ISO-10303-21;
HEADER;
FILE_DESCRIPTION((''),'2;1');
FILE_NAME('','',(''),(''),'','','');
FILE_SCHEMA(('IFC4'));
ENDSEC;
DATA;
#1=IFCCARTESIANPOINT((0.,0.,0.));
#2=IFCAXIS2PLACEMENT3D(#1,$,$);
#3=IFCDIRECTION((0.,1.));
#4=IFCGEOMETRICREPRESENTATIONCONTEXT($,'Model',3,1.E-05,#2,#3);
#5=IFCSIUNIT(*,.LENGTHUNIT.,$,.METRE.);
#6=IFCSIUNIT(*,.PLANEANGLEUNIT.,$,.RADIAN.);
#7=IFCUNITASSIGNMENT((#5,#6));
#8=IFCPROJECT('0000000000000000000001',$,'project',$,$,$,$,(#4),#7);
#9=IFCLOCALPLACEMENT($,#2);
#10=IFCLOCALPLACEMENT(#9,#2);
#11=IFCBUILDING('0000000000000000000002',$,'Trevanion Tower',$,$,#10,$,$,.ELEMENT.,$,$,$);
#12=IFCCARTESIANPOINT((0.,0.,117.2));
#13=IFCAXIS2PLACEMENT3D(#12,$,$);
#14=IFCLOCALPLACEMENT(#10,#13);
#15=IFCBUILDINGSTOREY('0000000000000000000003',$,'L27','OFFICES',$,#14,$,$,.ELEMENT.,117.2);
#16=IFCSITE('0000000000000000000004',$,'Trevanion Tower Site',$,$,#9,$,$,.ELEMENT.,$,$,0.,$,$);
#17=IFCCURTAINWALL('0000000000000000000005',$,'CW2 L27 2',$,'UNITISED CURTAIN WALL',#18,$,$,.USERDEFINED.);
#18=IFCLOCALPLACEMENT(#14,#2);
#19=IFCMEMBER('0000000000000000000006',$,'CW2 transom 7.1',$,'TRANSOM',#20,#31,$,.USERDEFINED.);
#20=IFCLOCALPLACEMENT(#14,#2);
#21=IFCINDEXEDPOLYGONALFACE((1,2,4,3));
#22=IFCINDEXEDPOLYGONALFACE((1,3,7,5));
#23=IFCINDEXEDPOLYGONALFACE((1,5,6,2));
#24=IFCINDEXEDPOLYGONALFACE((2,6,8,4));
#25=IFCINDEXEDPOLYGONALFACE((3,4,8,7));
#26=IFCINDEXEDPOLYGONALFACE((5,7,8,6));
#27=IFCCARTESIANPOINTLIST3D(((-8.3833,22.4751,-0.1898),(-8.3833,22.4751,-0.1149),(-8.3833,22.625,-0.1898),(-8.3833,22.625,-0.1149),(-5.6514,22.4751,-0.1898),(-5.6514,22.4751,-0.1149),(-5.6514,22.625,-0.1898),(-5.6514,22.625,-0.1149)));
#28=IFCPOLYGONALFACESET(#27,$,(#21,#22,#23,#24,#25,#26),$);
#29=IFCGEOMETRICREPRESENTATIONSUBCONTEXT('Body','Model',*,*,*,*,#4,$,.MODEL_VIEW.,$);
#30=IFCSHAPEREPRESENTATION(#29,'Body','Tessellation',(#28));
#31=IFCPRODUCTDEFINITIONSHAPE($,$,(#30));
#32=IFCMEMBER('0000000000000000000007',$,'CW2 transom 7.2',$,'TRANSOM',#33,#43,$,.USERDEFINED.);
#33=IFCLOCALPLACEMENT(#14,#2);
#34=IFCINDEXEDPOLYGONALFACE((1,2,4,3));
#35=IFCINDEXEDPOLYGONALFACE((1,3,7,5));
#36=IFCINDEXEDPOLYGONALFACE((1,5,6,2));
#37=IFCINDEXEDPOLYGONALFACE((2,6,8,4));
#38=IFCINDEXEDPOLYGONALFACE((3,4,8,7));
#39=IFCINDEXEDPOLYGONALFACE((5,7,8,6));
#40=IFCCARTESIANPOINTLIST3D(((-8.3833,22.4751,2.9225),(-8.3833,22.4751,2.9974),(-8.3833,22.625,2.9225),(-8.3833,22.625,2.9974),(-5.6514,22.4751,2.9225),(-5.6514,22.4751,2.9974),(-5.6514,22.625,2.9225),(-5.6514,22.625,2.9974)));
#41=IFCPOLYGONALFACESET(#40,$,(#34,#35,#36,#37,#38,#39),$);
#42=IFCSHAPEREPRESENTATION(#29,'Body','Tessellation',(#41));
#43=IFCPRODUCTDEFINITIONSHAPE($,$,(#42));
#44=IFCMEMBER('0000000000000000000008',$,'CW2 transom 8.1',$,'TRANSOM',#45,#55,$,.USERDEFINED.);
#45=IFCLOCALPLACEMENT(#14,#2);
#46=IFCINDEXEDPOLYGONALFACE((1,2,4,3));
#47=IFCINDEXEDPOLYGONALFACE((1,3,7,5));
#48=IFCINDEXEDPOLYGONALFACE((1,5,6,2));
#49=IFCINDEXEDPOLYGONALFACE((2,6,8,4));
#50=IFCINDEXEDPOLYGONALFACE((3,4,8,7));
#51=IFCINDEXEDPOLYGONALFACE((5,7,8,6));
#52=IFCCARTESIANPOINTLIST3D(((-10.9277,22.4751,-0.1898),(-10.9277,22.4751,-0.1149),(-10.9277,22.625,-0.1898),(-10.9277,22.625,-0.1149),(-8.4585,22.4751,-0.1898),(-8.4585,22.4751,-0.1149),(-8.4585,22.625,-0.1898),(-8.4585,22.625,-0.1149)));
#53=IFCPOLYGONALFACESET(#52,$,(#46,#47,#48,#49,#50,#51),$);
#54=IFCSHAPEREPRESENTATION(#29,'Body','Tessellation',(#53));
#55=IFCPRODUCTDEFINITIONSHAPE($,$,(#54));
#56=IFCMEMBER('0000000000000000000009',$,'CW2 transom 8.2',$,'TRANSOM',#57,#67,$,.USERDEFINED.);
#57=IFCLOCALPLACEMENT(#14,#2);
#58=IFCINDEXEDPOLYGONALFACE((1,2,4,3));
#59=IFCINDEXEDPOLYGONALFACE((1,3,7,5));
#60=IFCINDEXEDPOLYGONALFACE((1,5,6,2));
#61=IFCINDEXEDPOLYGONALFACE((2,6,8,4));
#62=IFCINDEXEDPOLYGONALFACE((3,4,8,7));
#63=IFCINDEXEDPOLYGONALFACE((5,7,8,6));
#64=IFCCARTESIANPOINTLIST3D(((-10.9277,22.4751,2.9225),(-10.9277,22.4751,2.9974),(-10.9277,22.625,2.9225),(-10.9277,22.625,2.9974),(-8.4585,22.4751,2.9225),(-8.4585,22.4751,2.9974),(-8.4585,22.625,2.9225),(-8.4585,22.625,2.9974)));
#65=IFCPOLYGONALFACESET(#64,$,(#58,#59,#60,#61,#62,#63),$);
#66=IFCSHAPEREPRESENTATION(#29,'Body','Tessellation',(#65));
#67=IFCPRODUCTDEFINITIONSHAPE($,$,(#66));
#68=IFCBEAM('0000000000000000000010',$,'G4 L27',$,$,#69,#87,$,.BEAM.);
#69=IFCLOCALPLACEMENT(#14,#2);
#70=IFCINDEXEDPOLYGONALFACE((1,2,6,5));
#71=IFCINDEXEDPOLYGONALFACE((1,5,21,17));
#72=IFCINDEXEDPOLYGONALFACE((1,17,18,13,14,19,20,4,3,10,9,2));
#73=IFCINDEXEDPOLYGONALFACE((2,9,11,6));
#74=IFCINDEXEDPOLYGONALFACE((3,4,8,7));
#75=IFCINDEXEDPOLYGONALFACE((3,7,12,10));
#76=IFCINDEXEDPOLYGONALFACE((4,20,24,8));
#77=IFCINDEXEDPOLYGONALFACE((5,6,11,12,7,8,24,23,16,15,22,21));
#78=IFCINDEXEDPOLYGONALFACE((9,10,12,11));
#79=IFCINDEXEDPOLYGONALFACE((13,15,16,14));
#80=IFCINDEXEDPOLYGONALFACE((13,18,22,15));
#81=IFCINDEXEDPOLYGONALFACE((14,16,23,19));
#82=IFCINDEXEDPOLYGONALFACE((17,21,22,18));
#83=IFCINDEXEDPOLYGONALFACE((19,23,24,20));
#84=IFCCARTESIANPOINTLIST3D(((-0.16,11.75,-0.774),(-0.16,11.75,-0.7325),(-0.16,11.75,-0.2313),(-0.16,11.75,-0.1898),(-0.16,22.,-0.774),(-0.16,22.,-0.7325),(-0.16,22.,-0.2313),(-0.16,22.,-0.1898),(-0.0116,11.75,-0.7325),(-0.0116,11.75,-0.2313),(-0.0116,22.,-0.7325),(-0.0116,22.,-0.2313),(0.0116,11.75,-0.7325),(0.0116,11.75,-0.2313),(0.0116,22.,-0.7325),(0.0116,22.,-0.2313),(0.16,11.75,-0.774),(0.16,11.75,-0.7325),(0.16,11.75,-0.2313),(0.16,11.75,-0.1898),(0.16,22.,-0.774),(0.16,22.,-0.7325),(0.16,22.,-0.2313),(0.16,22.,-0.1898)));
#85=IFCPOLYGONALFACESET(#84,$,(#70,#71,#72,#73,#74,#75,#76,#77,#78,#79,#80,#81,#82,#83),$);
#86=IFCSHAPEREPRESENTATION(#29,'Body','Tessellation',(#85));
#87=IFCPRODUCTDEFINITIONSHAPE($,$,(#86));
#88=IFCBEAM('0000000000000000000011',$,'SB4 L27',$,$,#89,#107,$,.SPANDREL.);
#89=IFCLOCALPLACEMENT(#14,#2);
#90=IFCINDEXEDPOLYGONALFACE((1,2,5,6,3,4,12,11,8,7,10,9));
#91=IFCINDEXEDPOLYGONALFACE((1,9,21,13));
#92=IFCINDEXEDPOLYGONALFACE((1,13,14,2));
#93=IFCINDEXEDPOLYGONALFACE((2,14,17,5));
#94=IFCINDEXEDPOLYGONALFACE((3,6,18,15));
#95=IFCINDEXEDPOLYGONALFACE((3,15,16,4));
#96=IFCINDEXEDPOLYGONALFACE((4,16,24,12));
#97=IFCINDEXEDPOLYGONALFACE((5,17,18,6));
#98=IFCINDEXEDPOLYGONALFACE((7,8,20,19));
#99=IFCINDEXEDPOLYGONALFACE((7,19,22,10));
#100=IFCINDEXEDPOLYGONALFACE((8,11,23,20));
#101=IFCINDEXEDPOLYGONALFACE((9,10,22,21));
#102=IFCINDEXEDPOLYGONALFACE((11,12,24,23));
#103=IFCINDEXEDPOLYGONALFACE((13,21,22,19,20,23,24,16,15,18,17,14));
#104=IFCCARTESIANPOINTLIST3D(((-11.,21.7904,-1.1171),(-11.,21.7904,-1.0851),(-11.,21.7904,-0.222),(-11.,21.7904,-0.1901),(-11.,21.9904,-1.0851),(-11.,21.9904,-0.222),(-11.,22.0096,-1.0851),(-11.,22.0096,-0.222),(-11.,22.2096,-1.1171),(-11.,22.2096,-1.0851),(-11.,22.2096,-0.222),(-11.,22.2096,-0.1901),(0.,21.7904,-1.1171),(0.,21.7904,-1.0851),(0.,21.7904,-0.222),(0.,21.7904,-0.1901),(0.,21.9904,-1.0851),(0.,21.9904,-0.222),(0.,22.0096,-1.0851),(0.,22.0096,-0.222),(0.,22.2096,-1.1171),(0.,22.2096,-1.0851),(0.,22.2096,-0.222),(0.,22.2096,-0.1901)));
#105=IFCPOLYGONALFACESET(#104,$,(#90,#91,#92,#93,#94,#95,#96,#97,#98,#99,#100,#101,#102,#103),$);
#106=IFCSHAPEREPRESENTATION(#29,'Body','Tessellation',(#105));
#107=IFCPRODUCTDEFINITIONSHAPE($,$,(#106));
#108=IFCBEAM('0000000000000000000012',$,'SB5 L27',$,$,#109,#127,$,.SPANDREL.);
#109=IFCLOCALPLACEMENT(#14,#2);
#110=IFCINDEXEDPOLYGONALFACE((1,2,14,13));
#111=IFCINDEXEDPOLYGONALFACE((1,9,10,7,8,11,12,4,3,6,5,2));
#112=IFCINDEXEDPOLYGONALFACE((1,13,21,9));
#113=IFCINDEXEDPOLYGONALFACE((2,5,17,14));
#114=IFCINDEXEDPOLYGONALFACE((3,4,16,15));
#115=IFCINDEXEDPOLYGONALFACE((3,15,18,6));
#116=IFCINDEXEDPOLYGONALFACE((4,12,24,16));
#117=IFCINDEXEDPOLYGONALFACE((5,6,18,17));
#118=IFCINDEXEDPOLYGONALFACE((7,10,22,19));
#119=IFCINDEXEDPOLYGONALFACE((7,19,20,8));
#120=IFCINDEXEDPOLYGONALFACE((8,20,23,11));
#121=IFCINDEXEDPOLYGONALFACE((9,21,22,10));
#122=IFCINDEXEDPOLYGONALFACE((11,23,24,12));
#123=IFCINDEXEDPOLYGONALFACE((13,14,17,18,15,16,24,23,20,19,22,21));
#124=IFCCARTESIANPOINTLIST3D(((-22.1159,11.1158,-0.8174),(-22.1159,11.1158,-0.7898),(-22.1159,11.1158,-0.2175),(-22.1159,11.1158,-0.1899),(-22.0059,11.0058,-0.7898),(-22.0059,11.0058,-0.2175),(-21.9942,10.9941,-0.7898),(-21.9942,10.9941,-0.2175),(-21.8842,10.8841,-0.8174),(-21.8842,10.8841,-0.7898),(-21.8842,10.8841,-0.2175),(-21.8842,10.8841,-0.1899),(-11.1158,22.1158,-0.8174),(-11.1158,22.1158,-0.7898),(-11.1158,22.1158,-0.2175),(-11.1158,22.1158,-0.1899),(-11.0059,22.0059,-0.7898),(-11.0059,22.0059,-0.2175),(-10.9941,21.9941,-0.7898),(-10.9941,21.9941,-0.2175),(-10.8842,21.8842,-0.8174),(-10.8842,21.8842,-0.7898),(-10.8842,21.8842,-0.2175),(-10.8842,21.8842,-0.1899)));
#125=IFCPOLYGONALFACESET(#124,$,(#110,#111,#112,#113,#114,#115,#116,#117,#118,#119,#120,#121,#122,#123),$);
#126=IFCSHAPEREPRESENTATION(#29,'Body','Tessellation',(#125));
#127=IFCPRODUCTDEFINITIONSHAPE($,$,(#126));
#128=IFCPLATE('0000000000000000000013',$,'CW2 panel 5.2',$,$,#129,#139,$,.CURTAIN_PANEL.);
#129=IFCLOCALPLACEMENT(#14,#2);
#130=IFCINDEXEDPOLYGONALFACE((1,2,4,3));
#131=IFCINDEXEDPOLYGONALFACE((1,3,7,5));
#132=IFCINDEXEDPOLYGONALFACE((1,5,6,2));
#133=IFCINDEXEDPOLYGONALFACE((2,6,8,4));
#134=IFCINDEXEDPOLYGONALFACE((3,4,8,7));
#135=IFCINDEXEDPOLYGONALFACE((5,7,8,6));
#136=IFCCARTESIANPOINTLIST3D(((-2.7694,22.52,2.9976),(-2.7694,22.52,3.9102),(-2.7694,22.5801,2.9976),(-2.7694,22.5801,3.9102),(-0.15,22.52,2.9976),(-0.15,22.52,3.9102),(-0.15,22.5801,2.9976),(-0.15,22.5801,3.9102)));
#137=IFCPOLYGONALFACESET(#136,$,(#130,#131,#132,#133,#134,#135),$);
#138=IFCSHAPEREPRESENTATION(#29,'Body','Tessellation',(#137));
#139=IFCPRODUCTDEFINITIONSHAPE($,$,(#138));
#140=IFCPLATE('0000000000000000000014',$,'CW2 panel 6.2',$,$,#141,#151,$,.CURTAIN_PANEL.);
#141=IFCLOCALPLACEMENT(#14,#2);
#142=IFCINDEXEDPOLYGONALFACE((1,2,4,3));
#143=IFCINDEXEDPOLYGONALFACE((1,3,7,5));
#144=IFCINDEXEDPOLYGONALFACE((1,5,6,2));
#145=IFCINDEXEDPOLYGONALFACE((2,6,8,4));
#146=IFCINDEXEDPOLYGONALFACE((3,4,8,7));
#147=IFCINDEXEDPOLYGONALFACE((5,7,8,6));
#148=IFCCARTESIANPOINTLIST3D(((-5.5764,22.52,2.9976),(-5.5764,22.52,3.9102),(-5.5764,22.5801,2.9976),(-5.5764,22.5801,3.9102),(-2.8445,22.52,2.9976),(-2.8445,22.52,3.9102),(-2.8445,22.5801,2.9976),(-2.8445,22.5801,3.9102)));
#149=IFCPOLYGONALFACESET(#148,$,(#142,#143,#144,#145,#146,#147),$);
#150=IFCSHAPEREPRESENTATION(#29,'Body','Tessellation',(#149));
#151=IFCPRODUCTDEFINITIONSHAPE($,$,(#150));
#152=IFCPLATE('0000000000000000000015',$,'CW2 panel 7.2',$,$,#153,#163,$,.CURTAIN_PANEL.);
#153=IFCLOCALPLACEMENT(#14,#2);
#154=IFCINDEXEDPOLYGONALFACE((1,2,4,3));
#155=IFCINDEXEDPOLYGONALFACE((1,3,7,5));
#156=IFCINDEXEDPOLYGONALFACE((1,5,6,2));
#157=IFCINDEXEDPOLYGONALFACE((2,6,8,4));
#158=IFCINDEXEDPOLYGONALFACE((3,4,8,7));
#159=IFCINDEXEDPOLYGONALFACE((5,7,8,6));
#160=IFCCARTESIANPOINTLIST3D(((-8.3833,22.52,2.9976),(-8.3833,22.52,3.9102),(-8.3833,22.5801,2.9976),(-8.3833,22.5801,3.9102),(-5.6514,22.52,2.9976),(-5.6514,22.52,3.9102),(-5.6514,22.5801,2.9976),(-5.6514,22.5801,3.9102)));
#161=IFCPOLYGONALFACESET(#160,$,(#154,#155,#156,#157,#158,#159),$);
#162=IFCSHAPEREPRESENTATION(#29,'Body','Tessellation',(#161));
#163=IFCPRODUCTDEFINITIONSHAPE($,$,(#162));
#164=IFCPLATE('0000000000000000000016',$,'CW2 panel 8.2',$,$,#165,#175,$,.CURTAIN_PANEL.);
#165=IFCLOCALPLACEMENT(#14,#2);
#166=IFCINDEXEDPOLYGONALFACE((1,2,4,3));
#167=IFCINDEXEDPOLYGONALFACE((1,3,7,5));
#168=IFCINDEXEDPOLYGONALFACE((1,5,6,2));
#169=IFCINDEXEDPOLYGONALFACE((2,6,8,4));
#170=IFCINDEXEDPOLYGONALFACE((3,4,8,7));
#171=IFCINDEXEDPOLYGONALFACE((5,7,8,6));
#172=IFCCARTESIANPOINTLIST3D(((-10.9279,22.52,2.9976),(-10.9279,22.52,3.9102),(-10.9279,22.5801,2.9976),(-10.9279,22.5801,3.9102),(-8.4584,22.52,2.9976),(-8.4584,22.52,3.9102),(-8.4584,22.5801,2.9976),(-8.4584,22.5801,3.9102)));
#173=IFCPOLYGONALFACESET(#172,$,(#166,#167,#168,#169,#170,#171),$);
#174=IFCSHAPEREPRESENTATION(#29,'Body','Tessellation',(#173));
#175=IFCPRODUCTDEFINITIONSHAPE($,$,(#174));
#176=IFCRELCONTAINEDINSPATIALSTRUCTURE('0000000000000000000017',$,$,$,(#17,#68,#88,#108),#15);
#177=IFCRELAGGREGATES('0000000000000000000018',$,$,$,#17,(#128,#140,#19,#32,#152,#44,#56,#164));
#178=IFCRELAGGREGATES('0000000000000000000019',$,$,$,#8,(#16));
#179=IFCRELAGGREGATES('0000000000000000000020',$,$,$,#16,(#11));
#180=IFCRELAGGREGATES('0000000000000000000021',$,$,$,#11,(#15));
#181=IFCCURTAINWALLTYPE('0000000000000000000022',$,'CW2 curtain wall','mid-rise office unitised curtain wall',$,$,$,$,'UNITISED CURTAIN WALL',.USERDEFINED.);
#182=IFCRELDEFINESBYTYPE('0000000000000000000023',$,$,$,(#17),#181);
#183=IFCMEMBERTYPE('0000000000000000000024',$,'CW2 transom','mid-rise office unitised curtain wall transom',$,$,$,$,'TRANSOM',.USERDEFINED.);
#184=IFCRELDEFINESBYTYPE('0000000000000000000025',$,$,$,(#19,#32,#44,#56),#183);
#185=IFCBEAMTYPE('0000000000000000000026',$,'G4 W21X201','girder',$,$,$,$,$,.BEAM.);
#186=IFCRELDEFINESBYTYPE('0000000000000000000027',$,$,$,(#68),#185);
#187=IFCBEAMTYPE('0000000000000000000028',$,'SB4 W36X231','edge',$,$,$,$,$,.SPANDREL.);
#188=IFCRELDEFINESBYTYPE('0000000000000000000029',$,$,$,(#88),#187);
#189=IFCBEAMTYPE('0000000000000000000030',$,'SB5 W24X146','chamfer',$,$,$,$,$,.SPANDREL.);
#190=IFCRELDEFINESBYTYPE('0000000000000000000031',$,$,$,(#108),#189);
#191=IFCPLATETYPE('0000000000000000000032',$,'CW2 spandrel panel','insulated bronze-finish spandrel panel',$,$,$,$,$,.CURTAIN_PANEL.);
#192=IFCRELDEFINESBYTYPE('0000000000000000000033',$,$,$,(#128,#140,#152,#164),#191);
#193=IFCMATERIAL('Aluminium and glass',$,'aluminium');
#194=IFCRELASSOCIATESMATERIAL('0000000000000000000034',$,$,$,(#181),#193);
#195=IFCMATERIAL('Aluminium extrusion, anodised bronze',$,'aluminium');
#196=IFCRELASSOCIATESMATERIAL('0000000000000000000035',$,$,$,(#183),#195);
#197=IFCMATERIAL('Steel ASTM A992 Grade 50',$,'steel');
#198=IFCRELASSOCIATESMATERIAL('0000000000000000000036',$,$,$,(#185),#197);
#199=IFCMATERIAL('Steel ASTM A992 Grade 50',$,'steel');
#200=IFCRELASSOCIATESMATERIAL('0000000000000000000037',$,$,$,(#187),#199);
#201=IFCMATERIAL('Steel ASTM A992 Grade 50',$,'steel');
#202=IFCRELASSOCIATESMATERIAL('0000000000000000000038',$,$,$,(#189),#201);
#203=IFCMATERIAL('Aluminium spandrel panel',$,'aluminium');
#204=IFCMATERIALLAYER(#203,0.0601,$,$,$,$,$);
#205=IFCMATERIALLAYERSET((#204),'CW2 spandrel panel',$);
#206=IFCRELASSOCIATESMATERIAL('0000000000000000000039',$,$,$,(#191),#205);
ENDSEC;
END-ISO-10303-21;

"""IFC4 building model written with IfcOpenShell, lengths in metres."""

from ifc_helpers import new_model, si_unit, direction, frame, origin, origin_2d, place, context, subcontext, project, spatial, rectangle, i_section, extrude, material, layer, layer_set, material_profile, profile_set, type_object, element, aggregate, save


model = new_model("IFC4")

# Units and contexts
model_context = context("Model", 3, precision=1e-05, world=origin(), true_north=direction((0.0, 1.0)))
body_context = subcontext(model_context, "Body", "Model", "MODEL_VIEW")
ifc_project = project(units=[si_unit("LENGTHUNIT", "METRE"), si_unit("PLANEANGLEUNIT", "RADIAN")], contexts=[model_context])

# Site, building, storey
site_placement = place(None, origin())
site = spatial("IfcSite", under=ifc_project, at=site_placement, Name="Trevanion Tower Site", CompositionType="ELEMENT", RefElevation=0.0)
building_placement = place(site_placement, origin())
building = spatial("IfcBuilding", under=site, at=building_placement, Name="Trevanion Tower", CompositionType="ELEMENT")
storey_placement = place(building_placement, frame((0.0, 0.0, 117.2)))
storey = spatial("IfcBuildingStorey", under=building, at=storey_placement, Name="L27", Description="OFFICES", CompositionType="ELEMENT", Elevation=117.2)

# Curtain wall
ifc_material_1 = material(Name="Aluminium and glass", Category="aluminium")
curtain_wall_type = type_object("IfcCurtainWallType", Name="CW2 curtain wall", Description="mid-rise office unitised curtain wall", ElementType="UNITISED CURTAIN WALL", PredefinedType="USERDEFINED", material=ifc_material_1)
curtain_wall_1_placement = place(storey_placement, origin())
curtain_wall_1 = element("IfcCurtainWall", 1, at=curtain_wall_1_placement, inside=storey, type_object=curtain_wall_type, Name="CW2 L27 2", ObjectType="UNITISED CURTAIN WALL", PredefinedType="USERDEFINED")

# Members
ifc_material_2 = material(Name="Aluminium extrusion, anodised bronze", Category="aluminium")
ifc_material_profile_1 = material_profile(ifc_material_2, rectangle(XDim=0.1499, YDim=0.075, at=origin_2d()), Name="CW2 transom")
ifc_profile_set_1 = profile_set([ifc_material_profile_1], Name="Aluminium extrusion, anodised bronze")
member_type_1 = type_object("IfcMemberType", Name="CW2 transom", Description="mid-rise office unitised curtain wall transom", ElementType="TRANSOM", PredefinedType="USERDEFINED", material=ifc_profile_set_1)
member_1_placement = place(storey_placement, frame((-5.6514, 22.55, -0.1523), z_axis=(-1.0, 0.0, 0.0), x_axis=(0.0, -1.0, 0.0)))
member_1 = element("IfcMember", 2, at=member_1_placement, type_object=member_type_1, Name="CW2 transom 7.1", ObjectType="TRANSOM", PredefinedType="USERDEFINED", context=body_context, shape_type="SweptSolid", body=[
    extrude(rectangle(XDim=0.1499, YDim=0.075, at=origin_2d()), origin(), (0.0, 0.0, 1.0), 2.7319),
])
member_2_placement = place(storey_placement, frame((-5.6514, 22.55, 2.96), z_axis=(-1.0, 0.0, 0.0), x_axis=(0.0, -1.0, 0.0)))
member_2 = element("IfcMember", 3, at=member_2_placement, type_object=member_type_1, Name="CW2 transom 7.2", ObjectType="TRANSOM", PredefinedType="USERDEFINED", context=body_context, shape_type="SweptSolid", body=[
    extrude(rectangle(XDim=0.1499, YDim=0.075, at=origin_2d()), origin(), (0.0, 0.0, 1.0), 2.7319),
])
member_3_placement = place(storey_placement, frame((-8.4585, 22.55, -0.1523), z_axis=(-1.0, 0.0, 0.0), x_axis=(0.0, -1.0, 0.0)))
member_3 = element("IfcMember", 4, at=member_3_placement, type_object=member_type_1, Name="CW2 transom 8.1", ObjectType="TRANSOM", PredefinedType="USERDEFINED", context=body_context, shape_type="SweptSolid", body=[
    extrude(rectangle(XDim=0.1499, YDim=0.075, at=origin_2d()), origin(), (0.0, 0.0, 1.0), 2.4692),
])
member_4_placement = place(storey_placement, frame((-8.4585, 22.55, 2.96), z_axis=(-1.0, 0.0, 0.0), x_axis=(0.0, -1.0, 0.0)))
member_4 = element("IfcMember", 5, at=member_4_placement, type_object=member_type_1, Name="CW2 transom 8.2", ObjectType="TRANSOM", PredefinedType="USERDEFINED", context=body_context, shape_type="SweptSolid", body=[
    extrude(rectangle(XDim=0.1499, YDim=0.075, at=origin_2d()), origin(), (0.0, 0.0, 1.0), 2.4692),
])

# Beams
ifc_material_3 = material(Name="Steel ASTM A992 Grade 50", Category="steel")
ifc_material_profile_2 = material_profile(ifc_material_3, i_section(OverallWidth=0.3201, OverallDepth=0.5842, WebThickness=0.0232, FlangeThickness=0.0415, at=origin_2d()), Name="W21X201")
ifc_profile_set_2 = profile_set([ifc_material_profile_2], Name="Steel ASTM A992 Grade 50")
beam_type_1 = type_object("IfcBeamType", Name="G4 W21X201", Description="girder", PredefinedType="BEAM", material=ifc_profile_set_2)
beam_1_placement = place(storey_placement, frame((0.0, 11.75, -0.4819), z_axis=(0.0, 1.0, 0.0), x_axis=(-1.0, 0.0, 0.0)))
element("IfcBeam", 6, at=beam_1_placement, inside=storey, type_object=beam_type_1, Name="G4 L27", PredefinedType="BEAM", context=body_context, shape_type="SweptSolid", body=[
    extrude(i_section(OverallWidth=0.3201, OverallDepth=0.5842, WebThickness=0.0232, FlangeThickness=0.0415, at=origin_2d()), origin(), (0.0, 0.0, 1.0), 10.25),
])
ifc_material_4 = material(Name="Steel ASTM A992 Grade 50", Category="steel")
ifc_material_profile_3 = material_profile(ifc_material_4, i_section(OverallWidth=0.4192, OverallDepth=0.927, WebThickness=0.0193, FlangeThickness=0.032, at=origin_2d()), Name="W36X231")
ifc_profile_set_3 = profile_set([ifc_material_profile_3], Name="Steel ASTM A992 Grade 50")
beam_type_2 = type_object("IfcBeamType", Name="SB4 W36X231", Description="edge", PredefinedType="SPANDREL", material=ifc_profile_set_3)
beam_2_placement = place(storey_placement, frame((0.0, 22.0, -0.6536), z_axis=(-1.0, 0.0, 0.0), x_axis=(0.0, -1.0, 0.0)))
element("IfcBeam", 7, at=beam_2_placement, inside=storey, type_object=beam_type_2, Name="SB4 L27", PredefinedType="SPANDREL", context=body_context, shape_type="SweptSolid", body=[
    extrude(i_section(OverallWidth=0.4192, OverallDepth=0.927, WebThickness=0.0193, FlangeThickness=0.032, at=origin_2d()), origin(), (0.0, 0.0, 1.0), 11.0),
])
ifc_material_5 = material(Name="Steel ASTM A992 Grade 50", Category="steel")
ifc_material_profile_4 = material_profile(ifc_material_5, i_section(OverallWidth=0.3276, OverallDepth=0.6274, WebThickness=0.0166, FlangeThickness=0.0276, at=origin_2d()), Name="W24X146")
ifc_profile_set_4 = profile_set([ifc_material_profile_4], Name="Steel ASTM A992 Grade 50")
beam_type_3 = type_object("IfcBeamType", Name="SB5 W24X146", Description="chamfer", PredefinedType="SPANDREL", material=ifc_profile_set_4)
beam_3_placement = place(storey_placement, frame((-11.0, 22.0, -0.5037), z_axis=(-0.707107, -0.707107, 0.0), x_axis=(0.707107, -0.707107, 0.0)))
element("IfcBeam", 8, at=beam_3_placement, inside=storey, type_object=beam_type_3, Name="SB5 L27", PredefinedType="SPANDREL", context=body_context, shape_type="SweptSolid", body=[
    extrude(i_section(OverallWidth=0.3276, OverallDepth=0.6274, WebThickness=0.0166, FlangeThickness=0.0276, at=origin_2d()), origin(), (0.0, 0.0, 1.0), 15.5564),
])

# Plates
ifc_material_6 = material(Name="Aluminium spandrel panel", Category="aluminium")
ifc_layer_1 = layer(ifc_material_6, 0.0601)
ifc_layer_set_1 = layer_set([ifc_layer_1], Name="CW2 spandrel panel")
plate_type_1 = type_object("IfcPlateType", Name="CW2 spandrel panel", Description="insulated bronze-finish spandrel panel", PredefinedType="CURTAIN_PANEL", material=ifc_layer_set_1)
plate_1_placement = place(storey_placement, frame((-1.4597, 22.55, 2.9976), z_axis=(0.0, 0.0, 1.0), x_axis=(-1.0, 0.0, 0.0)))
plate_1 = element("IfcPlate", 9, at=plate_1_placement, type_object=plate_type_1, Name="CW2 panel 5.2", PredefinedType="CURTAIN_PANEL", context=body_context, shape_type="SweptSolid", body=[
    extrude(rectangle(XDim=2.6194, YDim=0.0601, at=origin_2d()), origin(), (0.0, 0.0, 1.0), 0.9126),
])
plate_2_placement = place(storey_placement, frame((-4.2104, 22.55, 2.9976), z_axis=(0.0, 0.0, 1.0), x_axis=(-1.0, 0.0, 0.0)))
plate_2 = element("IfcPlate", 10, at=plate_2_placement, type_object=plate_type_1, Name="CW2 panel 6.2", PredefinedType="CURTAIN_PANEL", context=body_context, shape_type="SweptSolid", body=[
    extrude(rectangle(XDim=2.7319, YDim=0.0601, at=origin_2d()), origin(), (0.0, 0.0, 1.0), 0.9126),
])
plate_3_placement = place(storey_placement, frame((-7.0173, 22.55, 2.9976), z_axis=(0.0, 0.0, 1.0), x_axis=(-1.0, 0.0, 0.0)))
plate_3 = element("IfcPlate", 11, at=plate_3_placement, type_object=plate_type_1, Name="CW2 panel 7.2", PredefinedType="CURTAIN_PANEL", context=body_context, shape_type="SweptSolid", body=[
    extrude(rectangle(XDim=2.7319, YDim=0.0601, at=origin_2d()), origin(), (0.0, 0.0, 1.0), 0.9126),
])
plate_4_placement = place(storey_placement, frame((-9.6931, 22.55, 2.9976), z_axis=(0.0, 0.0, 1.0), x_axis=(-1.0, 0.0, 0.0)))
plate_4 = element("IfcPlate", 12, at=plate_4_placement, type_object=plate_type_1, Name="CW2 panel 8.2", PredefinedType="CURTAIN_PANEL", context=body_context, shape_type="SweptSolid", body=[
    extrude(rectangle(XDim=2.4695, YDim=0.0601, at=origin_2d()), origin(), (0.0, 0.0, 1.0), 0.9126),
])
aggregate(curtain_wall_1, [plate_1, plate_2, member_1, member_2, plate_3, member_3, member_4, plate_4])

save(model, "model.ifc")
